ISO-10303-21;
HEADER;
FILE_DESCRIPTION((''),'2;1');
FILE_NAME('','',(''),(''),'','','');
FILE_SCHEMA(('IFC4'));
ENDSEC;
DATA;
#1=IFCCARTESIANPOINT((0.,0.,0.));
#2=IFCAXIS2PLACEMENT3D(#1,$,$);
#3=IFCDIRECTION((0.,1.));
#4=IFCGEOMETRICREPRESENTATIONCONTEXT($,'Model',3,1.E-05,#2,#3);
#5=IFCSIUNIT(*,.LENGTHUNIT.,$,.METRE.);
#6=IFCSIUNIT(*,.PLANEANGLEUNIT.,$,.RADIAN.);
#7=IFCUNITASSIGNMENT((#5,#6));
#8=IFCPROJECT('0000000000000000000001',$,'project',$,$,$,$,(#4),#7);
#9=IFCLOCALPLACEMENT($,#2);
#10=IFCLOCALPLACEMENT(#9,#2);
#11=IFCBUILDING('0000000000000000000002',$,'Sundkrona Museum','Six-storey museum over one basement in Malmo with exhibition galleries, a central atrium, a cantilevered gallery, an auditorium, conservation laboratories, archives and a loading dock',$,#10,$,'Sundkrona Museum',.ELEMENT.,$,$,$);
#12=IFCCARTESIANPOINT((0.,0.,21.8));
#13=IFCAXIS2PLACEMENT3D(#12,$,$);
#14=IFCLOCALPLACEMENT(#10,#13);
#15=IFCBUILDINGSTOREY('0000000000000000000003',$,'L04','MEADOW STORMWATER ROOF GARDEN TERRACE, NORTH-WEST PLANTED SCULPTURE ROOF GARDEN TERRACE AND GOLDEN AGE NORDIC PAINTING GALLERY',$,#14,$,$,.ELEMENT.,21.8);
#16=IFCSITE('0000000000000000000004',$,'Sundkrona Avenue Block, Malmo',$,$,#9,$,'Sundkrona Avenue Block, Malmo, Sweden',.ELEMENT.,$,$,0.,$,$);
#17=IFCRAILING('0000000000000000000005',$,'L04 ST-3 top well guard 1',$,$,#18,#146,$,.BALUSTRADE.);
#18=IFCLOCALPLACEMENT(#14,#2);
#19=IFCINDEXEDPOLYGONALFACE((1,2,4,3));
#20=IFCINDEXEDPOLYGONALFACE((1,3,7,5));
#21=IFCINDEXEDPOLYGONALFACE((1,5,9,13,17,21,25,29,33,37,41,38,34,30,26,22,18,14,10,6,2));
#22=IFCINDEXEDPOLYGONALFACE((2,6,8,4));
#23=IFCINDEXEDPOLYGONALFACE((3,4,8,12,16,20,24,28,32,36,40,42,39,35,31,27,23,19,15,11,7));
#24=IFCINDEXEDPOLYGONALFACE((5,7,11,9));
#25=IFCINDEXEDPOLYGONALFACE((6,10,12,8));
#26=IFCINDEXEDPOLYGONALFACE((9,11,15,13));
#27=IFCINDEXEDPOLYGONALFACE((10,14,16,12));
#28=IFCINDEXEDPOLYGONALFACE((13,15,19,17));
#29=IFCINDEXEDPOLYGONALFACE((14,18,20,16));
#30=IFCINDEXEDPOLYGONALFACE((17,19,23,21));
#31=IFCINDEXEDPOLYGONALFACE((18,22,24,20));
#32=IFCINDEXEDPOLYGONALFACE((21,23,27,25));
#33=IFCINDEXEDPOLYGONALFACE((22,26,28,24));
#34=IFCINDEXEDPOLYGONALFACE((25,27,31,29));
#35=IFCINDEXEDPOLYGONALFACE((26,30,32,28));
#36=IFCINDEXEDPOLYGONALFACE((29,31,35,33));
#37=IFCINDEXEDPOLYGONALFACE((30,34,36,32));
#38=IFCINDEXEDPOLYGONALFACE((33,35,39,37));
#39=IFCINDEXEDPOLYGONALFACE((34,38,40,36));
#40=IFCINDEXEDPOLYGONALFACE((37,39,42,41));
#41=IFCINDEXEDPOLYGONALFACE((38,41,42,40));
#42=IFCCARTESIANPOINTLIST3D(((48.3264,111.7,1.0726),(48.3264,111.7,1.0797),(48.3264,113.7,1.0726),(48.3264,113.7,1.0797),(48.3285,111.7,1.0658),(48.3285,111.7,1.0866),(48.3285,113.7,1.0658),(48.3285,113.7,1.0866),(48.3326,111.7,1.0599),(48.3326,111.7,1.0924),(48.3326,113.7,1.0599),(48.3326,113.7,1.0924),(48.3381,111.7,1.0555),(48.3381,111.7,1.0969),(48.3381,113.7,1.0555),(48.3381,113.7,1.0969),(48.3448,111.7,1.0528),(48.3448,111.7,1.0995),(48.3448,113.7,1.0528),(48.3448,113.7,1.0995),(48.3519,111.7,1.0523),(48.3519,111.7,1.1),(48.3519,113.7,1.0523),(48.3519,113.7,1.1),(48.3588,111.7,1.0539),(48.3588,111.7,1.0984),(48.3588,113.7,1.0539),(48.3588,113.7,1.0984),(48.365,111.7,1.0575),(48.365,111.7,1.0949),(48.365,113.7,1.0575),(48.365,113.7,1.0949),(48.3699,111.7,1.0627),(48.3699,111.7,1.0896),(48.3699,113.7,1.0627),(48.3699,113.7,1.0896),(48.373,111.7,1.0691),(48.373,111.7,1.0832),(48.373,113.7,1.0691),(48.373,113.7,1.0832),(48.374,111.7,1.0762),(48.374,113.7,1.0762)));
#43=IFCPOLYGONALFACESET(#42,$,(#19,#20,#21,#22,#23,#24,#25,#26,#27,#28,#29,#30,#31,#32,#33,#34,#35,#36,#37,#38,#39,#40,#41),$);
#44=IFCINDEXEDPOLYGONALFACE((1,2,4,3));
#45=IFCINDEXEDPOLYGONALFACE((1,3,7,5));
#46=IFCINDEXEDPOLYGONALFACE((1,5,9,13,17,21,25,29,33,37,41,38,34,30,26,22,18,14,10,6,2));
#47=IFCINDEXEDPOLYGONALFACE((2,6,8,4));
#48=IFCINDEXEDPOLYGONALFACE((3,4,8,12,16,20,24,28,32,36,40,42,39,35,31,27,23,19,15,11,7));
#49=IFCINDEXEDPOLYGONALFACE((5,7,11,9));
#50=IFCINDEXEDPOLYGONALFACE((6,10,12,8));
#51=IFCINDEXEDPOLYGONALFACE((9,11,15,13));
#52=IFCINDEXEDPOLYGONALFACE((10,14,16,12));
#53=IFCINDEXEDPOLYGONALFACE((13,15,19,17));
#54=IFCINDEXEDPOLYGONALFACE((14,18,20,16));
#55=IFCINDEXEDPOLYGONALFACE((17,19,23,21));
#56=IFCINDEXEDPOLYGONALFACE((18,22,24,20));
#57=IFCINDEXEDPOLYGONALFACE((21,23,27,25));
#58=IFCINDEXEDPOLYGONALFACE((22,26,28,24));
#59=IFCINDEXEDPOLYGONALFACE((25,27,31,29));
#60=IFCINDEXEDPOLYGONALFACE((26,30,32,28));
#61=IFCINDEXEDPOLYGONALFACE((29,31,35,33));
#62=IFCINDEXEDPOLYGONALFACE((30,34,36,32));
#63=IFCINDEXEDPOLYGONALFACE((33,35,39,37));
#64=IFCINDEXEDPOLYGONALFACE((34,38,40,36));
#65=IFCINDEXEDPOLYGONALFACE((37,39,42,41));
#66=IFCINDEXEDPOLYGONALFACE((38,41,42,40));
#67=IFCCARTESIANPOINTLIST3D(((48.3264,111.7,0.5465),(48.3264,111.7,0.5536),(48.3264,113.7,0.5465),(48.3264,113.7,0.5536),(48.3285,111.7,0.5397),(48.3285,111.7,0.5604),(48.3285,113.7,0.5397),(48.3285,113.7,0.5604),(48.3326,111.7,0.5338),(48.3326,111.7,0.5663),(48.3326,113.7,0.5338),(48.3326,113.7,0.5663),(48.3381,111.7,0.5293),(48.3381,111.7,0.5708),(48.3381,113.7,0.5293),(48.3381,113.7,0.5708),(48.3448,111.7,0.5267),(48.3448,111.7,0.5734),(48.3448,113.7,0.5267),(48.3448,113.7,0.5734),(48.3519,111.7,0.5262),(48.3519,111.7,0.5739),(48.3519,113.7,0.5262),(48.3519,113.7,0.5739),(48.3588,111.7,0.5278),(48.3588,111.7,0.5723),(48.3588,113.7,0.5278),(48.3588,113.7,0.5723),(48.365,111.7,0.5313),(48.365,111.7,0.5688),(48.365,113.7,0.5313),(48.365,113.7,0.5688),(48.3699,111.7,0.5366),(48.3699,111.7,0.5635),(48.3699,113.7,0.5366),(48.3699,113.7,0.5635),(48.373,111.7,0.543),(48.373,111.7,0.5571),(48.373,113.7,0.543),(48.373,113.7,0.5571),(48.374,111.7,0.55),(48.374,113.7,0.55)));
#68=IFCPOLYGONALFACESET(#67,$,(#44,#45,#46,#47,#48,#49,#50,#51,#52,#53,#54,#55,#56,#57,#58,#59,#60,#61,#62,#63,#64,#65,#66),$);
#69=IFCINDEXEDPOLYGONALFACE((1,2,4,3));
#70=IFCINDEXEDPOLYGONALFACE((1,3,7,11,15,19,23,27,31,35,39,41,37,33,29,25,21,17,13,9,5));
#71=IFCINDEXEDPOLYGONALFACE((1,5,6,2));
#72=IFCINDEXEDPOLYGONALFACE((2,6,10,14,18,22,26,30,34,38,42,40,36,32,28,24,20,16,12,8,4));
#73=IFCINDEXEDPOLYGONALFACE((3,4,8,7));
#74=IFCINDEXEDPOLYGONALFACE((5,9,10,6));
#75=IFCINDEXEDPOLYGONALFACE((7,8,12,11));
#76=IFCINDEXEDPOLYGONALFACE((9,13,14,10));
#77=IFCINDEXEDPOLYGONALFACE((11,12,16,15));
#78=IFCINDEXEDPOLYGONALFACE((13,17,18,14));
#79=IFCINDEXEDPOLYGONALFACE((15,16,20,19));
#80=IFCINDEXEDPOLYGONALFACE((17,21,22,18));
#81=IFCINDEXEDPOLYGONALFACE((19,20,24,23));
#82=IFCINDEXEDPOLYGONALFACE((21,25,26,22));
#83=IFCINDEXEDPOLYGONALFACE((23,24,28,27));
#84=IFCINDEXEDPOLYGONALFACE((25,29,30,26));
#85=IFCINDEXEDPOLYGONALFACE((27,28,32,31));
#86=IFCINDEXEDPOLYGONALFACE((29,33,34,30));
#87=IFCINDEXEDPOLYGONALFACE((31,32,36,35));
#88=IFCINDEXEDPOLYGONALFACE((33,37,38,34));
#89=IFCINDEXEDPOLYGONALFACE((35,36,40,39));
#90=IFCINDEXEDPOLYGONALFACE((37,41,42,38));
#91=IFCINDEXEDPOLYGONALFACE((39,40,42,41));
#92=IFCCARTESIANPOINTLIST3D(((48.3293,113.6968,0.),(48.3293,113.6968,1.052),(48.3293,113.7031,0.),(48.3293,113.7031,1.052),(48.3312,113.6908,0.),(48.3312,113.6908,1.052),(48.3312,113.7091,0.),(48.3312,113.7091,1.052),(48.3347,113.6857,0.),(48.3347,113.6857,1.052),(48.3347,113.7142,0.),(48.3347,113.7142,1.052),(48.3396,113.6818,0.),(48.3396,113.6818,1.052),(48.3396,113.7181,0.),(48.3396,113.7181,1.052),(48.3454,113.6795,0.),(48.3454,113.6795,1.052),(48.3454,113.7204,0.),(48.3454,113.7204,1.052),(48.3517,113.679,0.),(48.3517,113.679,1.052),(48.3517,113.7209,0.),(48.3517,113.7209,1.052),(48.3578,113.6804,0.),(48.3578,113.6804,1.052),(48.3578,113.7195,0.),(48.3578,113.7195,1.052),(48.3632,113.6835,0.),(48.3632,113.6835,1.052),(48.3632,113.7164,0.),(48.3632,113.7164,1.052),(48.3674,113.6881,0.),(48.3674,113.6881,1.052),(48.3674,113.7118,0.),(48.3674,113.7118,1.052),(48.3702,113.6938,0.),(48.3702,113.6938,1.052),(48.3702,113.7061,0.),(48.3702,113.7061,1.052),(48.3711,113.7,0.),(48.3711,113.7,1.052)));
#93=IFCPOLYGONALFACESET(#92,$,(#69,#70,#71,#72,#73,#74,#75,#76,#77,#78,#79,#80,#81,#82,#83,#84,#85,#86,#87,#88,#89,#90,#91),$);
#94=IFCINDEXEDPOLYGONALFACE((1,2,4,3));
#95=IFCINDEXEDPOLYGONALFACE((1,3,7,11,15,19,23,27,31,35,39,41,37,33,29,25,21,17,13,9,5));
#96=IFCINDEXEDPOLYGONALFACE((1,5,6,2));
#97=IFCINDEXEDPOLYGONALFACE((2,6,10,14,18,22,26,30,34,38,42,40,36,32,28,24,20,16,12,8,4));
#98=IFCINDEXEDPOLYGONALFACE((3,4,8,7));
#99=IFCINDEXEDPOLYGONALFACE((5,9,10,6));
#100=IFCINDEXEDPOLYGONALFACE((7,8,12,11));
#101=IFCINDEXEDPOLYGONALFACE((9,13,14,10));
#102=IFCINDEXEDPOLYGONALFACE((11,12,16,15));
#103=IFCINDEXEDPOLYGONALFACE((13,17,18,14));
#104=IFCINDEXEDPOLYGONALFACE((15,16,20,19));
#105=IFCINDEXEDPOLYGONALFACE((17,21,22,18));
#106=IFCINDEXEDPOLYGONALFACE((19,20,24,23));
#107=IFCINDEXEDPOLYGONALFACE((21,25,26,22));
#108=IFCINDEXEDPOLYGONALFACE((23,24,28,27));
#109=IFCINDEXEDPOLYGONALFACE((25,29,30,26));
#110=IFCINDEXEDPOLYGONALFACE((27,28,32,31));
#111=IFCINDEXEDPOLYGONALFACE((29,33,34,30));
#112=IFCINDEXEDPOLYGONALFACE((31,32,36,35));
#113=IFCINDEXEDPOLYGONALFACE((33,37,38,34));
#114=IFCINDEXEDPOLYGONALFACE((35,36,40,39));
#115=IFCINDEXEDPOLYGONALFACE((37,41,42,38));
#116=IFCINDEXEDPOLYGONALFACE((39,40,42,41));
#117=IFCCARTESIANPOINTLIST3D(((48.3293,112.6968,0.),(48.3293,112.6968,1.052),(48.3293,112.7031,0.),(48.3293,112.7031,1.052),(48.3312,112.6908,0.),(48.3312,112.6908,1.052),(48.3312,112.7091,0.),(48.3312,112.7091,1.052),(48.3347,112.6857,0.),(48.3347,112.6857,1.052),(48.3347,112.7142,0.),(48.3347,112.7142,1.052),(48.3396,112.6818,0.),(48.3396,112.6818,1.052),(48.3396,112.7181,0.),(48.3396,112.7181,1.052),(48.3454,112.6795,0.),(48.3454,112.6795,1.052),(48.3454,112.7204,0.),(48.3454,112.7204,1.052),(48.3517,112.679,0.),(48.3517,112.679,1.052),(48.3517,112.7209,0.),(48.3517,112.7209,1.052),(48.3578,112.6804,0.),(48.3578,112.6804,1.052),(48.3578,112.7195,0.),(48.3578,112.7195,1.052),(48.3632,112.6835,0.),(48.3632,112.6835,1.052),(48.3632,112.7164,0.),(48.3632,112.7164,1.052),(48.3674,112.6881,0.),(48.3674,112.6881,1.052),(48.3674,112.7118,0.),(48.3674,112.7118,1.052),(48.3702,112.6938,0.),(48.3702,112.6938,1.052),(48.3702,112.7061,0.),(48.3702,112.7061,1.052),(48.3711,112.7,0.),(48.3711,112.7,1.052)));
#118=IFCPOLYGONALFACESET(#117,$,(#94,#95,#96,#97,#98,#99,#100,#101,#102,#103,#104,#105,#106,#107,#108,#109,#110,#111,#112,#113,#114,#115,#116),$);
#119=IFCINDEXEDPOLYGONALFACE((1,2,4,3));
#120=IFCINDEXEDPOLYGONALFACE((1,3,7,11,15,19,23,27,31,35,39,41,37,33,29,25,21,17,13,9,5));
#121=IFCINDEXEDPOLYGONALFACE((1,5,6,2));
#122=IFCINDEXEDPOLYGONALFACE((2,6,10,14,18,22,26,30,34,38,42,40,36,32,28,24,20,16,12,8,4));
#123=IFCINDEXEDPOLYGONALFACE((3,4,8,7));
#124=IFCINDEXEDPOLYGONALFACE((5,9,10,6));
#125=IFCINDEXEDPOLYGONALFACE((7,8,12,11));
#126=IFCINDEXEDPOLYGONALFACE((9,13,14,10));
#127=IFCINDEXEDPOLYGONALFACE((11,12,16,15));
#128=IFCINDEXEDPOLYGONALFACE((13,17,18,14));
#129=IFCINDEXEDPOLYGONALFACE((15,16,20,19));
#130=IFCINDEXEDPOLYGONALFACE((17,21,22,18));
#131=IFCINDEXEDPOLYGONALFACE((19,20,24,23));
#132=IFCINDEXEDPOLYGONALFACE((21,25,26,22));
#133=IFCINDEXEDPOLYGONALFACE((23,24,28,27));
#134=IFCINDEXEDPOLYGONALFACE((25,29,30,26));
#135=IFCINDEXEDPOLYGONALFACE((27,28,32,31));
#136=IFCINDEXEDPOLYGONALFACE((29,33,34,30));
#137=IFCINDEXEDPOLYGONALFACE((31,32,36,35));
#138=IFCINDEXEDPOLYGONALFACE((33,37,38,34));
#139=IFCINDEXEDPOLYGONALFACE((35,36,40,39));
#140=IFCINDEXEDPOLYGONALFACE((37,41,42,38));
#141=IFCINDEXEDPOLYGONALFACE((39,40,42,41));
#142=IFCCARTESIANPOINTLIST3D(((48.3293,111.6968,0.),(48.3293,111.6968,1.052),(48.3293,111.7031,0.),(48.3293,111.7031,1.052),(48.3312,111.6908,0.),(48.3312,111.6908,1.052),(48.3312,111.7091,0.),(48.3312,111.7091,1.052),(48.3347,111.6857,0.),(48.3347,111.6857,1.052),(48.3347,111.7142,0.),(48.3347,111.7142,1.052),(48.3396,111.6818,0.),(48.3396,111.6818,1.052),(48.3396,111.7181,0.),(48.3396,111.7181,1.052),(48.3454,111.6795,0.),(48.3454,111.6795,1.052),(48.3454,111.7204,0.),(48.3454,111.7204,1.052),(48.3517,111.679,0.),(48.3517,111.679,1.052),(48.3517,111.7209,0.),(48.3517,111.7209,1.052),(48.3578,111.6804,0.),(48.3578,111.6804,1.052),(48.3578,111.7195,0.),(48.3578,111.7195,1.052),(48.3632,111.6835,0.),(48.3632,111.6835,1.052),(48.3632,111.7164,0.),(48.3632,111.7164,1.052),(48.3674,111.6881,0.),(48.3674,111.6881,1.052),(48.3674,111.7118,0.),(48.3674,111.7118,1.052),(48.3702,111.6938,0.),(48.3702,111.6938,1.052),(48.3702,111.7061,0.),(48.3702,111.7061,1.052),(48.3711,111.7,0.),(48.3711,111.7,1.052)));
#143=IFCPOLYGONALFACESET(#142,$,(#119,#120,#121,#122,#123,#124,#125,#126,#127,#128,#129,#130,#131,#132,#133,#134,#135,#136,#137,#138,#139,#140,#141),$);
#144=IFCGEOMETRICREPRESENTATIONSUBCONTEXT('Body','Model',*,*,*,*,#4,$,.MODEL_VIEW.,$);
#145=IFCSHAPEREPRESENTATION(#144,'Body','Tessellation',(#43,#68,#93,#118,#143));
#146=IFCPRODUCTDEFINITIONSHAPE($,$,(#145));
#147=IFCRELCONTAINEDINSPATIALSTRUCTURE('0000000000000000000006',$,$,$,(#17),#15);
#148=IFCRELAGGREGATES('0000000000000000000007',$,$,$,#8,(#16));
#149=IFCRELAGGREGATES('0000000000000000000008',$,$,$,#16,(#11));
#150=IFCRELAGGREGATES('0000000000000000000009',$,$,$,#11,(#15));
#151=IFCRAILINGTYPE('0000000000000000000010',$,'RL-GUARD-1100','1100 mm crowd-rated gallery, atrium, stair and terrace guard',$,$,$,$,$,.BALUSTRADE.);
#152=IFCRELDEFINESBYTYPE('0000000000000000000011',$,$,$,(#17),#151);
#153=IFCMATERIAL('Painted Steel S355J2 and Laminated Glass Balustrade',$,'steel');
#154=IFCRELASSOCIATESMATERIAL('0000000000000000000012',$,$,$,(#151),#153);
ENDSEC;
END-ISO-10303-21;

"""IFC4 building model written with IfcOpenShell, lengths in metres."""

from ifc_helpers import new_model, si_unit, direction, frame, origin, origin_2d, place, context, subcontext, project, spatial, circle, extrude, material, type_object, element, save


model = new_model("IFC4")

# Units and contexts
model_context = context("Model", 3, precision=1e-05, world=origin(), true_north=direction((0.0, 1.0)))
body_context = subcontext(model_context, "Body", "Model", "MODEL_VIEW")
ifc_project = project(units=[si_unit("LENGTHUNIT", "METRE"), si_unit("PLANEANGLEUNIT", "RADIAN")], contexts=[model_context])

# Site, building, storey
site_placement = place(None, origin())
site = spatial("IfcSite", under=ifc_project, at=site_placement, Name="Sundkrona Avenue Block, Malmo", LongName="Sundkrona Avenue Block, Malmo, Sweden", CompositionType="ELEMENT", RefElevation=0.0)
building_placement = place(site_placement, origin())
building = spatial("IfcBuilding", under=site, at=building_placement, Name="Sundkrona Museum", Description="Six-storey museum over one basement in Malmo with exhibition galleries, a central atrium, a cantilevered gallery, an auditorium, conservation laboratories, archives and a loading dock", LongName="Sundkrona Museum", CompositionType="ELEMENT")
storey_placement = place(building_placement, frame((0.0, 0.0, 21.8)))
storey = spatial("IfcBuildingStorey", under=building, at=storey_placement, Name="L04", Description="MEADOW STORMWATER ROOF GARDEN TERRACE, NORTH-WEST PLANTED SCULPTURE ROOF GARDEN TERRACE AND GOLDEN AGE NORDIC PAINTING GALLERY", CompositionType="ELEMENT", Elevation=21.8)

# Railing
ifc_material_1 = material(Name="Painted Steel S355J2 and Laminated Glass Balustrade", Category="steel")
railing_type = type_object("IfcRailingType", Name="RL-GUARD-1100", Description="1100 mm crowd-rated gallery, atrium, stair and terrace guard", PredefinedType="BALUSTRADE", material=ifc_material_1)
railing_1_placement = place(storey_placement, frame((48.3501, 113.7, 0.0)))
element("IfcRailing", 1, at=railing_1_placement, inside=storey, type_object=railing_type, Name="L04 ST-3 top well guard 1", PredefinedType="BALUSTRADE", context=body_context, shape_type="SweptSolid", body=[
    extrude(circle(Radius=0.0239, at=origin_2d()), frame((0.0, 0.0, 1.0762), z_axis=(0.0, -1.0, 0.0), x_axis=(1.0, 0.0, 0.0)), (0.0, 0.0, 1.0), 2.0),
    extrude(circle(Radius=0.0239, at=origin_2d()), frame((0.0, 0.0, 0.55), z_axis=(0.0, -1.0, 0.0), x_axis=(1.0, 0.0, 0.0)), (0.0, 0.0, 1.0), 2.0),
    extrude(circle(Radius=0.021, at=origin_2d()), origin(), (0.0, 0.0, 1.0), 1.052),
    extrude(circle(Radius=0.021, at=origin_2d()), frame((0.0, -1.0, 0.0)), (0.0, 0.0, 1.0), 1.052),
    extrude(circle(Radius=0.021, at=origin_2d()), frame((0.0, -2.0, 0.0)), (0.0, 0.0, 1.0), 1.052),
])

save(model, "model.ifc")
